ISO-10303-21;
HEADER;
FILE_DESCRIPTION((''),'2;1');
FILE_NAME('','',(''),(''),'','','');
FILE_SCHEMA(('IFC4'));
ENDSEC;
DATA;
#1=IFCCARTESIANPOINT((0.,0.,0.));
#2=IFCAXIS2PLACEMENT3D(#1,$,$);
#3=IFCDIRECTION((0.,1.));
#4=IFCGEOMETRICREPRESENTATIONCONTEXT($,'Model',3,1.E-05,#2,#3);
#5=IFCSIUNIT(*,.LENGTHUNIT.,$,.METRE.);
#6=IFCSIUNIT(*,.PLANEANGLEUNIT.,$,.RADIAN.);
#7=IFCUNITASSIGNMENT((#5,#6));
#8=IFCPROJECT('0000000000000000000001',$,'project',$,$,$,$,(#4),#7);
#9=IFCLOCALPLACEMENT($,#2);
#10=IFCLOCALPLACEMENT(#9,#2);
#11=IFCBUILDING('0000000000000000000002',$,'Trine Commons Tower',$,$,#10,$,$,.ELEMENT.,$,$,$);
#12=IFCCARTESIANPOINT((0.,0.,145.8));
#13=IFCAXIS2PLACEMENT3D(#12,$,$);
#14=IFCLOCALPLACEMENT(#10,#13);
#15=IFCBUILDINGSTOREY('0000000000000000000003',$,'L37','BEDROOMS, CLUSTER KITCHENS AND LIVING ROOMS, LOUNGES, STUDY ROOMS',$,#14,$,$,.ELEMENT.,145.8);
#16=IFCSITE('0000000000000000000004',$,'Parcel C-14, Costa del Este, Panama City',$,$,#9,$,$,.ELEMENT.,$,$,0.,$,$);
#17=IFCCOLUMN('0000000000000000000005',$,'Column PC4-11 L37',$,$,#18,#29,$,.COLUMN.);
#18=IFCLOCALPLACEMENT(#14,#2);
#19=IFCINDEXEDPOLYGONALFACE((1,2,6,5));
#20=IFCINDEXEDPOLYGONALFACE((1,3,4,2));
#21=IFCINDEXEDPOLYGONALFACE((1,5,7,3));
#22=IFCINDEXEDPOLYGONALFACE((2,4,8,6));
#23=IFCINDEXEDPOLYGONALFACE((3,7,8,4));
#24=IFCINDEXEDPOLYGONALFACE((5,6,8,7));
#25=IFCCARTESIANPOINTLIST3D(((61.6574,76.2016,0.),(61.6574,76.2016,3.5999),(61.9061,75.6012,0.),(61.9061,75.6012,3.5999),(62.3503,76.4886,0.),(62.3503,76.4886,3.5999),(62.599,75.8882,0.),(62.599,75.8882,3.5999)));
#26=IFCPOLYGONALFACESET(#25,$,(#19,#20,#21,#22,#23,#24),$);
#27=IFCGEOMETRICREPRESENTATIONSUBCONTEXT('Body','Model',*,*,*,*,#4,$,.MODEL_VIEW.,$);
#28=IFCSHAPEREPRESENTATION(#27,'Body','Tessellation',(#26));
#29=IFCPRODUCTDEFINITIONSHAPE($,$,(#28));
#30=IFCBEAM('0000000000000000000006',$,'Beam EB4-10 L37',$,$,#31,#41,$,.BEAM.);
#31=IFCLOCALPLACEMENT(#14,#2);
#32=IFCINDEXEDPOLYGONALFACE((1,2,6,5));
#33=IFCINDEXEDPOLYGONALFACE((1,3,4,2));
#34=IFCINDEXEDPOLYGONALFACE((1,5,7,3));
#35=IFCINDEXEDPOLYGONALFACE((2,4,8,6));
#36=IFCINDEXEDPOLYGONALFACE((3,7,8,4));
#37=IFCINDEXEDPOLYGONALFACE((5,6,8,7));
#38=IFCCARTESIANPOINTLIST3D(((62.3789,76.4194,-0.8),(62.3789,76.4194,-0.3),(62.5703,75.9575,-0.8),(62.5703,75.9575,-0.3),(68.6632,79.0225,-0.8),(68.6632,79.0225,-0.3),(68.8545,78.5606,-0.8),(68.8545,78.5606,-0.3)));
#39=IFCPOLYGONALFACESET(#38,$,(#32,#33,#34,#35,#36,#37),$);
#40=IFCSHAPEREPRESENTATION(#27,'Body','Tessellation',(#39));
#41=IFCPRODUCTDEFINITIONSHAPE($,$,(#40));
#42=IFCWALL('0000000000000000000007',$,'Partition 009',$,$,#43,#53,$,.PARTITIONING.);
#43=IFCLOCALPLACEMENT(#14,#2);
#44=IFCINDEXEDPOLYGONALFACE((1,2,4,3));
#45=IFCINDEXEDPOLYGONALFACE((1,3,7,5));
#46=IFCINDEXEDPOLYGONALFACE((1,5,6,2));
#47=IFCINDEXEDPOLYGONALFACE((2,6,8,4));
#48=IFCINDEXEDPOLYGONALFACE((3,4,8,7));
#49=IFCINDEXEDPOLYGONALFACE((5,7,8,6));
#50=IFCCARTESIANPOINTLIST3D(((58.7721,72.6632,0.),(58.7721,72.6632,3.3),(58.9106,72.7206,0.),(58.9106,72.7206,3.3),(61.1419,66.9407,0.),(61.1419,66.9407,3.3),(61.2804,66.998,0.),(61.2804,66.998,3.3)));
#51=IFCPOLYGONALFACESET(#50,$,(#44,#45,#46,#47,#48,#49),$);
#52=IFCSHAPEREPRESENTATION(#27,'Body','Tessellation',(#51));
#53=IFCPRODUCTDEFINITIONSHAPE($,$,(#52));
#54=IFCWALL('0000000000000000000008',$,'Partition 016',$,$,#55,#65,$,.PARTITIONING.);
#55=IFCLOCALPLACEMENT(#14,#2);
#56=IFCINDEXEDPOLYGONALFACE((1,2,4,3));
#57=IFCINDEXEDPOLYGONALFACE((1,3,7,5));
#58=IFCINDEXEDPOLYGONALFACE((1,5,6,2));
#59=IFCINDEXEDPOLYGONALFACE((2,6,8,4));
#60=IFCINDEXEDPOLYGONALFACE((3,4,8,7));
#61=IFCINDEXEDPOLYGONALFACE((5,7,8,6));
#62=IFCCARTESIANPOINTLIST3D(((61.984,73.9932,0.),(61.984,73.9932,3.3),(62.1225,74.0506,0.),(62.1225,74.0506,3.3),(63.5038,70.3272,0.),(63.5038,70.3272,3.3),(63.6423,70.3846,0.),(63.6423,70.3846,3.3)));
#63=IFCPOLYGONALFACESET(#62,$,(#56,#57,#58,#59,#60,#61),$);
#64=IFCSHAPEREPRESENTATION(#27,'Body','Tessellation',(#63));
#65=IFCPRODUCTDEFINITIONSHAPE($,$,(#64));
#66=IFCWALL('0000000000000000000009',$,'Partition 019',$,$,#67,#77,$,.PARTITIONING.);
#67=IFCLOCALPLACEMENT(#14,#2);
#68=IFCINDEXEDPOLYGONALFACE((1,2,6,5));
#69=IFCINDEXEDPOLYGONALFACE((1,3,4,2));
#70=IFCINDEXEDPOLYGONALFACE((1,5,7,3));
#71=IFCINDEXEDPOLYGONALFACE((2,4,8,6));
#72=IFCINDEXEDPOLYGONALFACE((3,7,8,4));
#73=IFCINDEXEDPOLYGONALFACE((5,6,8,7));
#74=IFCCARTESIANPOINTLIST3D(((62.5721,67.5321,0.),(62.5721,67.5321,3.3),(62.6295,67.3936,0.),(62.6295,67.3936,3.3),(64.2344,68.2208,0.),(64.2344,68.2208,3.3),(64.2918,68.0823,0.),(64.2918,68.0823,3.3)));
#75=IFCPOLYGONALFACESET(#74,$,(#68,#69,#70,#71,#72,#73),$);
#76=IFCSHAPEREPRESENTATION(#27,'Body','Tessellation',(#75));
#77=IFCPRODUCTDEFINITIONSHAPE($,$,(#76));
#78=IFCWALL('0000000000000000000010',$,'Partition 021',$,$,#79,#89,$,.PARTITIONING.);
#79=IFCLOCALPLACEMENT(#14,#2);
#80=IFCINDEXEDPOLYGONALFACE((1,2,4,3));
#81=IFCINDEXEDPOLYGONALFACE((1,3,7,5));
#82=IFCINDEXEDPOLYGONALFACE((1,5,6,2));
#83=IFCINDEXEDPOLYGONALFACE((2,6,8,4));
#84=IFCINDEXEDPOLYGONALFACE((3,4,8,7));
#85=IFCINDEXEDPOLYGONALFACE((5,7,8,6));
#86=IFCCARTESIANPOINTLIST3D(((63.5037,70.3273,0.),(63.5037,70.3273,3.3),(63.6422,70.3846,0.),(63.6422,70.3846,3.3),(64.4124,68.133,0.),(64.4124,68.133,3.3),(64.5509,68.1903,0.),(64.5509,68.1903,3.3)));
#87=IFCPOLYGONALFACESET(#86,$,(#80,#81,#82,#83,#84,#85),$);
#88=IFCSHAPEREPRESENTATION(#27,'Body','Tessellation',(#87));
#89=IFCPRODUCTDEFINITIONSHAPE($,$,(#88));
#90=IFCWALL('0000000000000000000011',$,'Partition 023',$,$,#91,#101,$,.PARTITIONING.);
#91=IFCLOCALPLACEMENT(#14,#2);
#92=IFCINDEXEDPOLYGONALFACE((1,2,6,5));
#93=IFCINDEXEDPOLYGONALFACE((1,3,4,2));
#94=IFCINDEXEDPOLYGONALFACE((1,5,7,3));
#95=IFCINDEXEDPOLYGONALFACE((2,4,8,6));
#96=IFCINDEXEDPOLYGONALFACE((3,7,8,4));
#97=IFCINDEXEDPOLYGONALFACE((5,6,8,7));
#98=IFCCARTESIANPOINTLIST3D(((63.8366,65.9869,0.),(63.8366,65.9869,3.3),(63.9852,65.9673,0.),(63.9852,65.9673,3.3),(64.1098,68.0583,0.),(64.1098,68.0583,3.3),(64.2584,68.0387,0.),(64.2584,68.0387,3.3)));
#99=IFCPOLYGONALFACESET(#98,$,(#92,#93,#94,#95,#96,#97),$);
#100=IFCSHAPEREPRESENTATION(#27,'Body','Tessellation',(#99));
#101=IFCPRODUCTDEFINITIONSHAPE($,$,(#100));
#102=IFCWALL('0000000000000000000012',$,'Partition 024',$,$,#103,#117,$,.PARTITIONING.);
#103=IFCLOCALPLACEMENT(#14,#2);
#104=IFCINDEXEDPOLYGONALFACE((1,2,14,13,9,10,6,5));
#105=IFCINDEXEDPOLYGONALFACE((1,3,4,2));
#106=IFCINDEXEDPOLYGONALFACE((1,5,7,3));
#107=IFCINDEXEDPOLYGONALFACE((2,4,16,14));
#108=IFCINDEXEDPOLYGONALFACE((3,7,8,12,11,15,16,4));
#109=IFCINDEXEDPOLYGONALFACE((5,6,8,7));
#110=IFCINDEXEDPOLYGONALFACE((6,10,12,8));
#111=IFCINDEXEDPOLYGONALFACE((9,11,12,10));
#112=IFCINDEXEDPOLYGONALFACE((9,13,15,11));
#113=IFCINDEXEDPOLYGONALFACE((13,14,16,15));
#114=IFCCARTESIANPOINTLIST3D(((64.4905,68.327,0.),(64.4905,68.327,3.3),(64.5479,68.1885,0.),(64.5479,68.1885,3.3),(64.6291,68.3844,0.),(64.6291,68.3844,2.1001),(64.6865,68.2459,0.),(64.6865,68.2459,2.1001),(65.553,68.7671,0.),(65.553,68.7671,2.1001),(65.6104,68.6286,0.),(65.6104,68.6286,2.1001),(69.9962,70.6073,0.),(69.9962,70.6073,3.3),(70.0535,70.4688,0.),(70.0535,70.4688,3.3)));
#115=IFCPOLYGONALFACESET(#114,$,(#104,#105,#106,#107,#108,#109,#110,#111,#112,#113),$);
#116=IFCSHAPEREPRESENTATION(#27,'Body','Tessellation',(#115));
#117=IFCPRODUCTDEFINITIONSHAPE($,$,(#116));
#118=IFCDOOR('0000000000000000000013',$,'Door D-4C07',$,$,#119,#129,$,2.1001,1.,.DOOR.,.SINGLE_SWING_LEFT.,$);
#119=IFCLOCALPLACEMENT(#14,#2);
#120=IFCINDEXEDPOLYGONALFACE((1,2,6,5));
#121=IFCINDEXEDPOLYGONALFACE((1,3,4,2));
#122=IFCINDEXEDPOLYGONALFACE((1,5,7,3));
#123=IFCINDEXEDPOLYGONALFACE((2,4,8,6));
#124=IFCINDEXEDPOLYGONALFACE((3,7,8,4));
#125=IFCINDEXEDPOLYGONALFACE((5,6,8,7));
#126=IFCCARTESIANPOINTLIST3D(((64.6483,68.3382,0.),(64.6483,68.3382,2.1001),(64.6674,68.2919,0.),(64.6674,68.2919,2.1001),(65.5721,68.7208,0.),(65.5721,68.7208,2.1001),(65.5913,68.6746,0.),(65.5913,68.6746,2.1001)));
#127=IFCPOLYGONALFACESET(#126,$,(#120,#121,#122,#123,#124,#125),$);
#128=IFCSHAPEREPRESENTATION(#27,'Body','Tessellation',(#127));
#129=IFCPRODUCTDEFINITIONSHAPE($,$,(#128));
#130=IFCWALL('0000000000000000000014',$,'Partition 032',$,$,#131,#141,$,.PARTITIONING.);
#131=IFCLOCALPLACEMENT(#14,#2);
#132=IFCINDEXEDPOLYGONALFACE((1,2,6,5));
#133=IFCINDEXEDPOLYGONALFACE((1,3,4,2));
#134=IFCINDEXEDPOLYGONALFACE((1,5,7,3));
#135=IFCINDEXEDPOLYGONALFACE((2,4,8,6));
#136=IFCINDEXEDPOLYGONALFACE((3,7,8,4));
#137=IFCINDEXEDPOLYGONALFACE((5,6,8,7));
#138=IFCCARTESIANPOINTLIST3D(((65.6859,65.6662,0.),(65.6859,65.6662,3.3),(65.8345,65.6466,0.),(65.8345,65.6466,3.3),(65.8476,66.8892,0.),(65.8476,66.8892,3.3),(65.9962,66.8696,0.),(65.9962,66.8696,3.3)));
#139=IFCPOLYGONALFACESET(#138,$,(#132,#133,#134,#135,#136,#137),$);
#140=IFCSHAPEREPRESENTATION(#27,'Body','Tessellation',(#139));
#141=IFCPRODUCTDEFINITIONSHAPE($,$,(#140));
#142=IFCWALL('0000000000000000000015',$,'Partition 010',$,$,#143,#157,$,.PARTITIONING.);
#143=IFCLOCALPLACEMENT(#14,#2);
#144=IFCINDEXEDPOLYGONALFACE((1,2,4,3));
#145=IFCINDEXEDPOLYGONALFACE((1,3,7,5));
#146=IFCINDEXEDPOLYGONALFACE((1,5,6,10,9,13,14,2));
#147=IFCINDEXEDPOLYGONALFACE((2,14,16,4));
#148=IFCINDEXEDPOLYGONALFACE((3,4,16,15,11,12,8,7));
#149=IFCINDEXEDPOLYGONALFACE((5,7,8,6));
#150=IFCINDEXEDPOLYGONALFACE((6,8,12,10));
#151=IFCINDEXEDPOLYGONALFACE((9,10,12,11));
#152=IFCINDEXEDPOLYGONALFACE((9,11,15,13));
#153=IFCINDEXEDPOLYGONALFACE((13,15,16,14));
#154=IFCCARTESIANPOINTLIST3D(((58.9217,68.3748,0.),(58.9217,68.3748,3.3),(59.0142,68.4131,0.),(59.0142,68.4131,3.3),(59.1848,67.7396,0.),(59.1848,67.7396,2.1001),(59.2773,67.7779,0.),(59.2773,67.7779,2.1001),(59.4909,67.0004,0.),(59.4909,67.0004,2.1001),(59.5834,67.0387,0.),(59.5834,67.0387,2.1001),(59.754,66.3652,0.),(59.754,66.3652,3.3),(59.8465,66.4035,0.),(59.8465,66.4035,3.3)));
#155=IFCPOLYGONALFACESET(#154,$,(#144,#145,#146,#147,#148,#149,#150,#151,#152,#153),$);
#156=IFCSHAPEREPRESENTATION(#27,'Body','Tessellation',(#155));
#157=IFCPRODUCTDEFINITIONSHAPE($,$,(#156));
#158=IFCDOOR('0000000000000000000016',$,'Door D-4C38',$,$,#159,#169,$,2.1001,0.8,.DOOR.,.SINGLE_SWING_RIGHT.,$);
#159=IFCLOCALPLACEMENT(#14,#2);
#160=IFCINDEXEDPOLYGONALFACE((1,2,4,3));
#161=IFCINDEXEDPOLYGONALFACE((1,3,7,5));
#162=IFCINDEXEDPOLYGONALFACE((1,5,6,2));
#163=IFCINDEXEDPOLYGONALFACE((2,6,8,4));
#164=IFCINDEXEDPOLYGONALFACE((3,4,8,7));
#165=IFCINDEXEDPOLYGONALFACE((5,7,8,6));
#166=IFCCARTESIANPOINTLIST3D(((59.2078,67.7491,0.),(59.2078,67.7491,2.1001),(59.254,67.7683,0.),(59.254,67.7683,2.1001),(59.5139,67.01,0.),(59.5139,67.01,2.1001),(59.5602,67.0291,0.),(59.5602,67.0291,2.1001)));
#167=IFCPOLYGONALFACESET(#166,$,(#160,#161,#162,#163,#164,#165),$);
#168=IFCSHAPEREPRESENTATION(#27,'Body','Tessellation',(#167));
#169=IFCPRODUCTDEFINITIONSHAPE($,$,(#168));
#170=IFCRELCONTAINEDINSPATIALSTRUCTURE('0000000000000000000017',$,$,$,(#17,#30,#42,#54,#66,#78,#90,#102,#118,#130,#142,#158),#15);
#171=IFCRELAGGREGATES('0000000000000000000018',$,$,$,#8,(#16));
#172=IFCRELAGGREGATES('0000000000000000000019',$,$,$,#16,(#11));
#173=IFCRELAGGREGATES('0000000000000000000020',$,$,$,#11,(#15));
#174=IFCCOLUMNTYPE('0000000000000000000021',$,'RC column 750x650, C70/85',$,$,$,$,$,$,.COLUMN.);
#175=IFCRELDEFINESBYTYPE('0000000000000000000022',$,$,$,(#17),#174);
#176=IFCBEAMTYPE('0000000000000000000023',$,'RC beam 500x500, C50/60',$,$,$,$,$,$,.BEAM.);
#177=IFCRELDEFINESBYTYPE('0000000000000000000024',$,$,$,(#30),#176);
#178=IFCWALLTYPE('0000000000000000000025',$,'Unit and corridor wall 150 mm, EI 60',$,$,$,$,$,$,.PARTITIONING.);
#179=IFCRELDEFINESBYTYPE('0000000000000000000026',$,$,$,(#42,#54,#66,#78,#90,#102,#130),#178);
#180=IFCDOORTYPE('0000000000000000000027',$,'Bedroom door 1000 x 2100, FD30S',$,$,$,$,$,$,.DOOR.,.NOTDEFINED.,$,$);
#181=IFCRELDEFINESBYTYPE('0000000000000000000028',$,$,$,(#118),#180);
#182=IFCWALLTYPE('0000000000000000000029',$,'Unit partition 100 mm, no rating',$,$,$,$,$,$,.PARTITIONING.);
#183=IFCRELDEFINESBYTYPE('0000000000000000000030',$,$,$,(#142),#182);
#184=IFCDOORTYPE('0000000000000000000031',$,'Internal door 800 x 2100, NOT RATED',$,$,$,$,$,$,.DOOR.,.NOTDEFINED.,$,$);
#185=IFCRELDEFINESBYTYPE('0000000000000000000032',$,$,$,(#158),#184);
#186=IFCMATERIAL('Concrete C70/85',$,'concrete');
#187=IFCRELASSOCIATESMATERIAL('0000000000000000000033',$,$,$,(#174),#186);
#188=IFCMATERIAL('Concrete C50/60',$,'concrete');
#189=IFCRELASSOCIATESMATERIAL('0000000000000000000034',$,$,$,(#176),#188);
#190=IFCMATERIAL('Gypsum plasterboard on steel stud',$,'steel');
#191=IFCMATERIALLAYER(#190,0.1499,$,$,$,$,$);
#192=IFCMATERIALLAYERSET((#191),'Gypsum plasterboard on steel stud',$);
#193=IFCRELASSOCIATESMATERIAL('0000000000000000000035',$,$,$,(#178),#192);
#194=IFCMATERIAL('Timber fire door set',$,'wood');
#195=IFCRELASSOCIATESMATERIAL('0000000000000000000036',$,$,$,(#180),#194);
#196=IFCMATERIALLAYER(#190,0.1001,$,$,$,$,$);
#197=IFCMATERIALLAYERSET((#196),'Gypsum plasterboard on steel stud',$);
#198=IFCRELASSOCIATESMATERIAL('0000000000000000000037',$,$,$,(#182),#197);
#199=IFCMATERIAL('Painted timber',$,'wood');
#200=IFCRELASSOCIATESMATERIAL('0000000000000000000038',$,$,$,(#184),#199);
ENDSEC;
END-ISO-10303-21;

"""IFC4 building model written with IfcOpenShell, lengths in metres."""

from ifc_helpers import new_model, si_unit, direction, frame, frame_2d, origin, origin_2d, place, context, subcontext, project, spatial, rectangle, extrude, material, layer, layer_set, material_profile, profile_set, type_object, element, fill, save


model = new_model("IFC4")

# Units and contexts
model_context = context("Model", 3, precision=1e-05, world=origin(), true_north=direction((0.0, 1.0)))
body_context = subcontext(model_context, "Body", "Model", "MODEL_VIEW")
ifc_project = project(units=[si_unit("LENGTHUNIT", "METRE"), si_unit("PLANEANGLEUNIT", "RADIAN")], contexts=[model_context])

# Site, building, storey
site_placement = place(None, origin())
site = spatial("IfcSite", under=ifc_project, at=site_placement, Name="Parcel C-14, Costa del Este, Panama City", CompositionType="ELEMENT", RefElevation=0.0)
building_placement = place(site_placement, origin())
building = spatial("IfcBuilding", under=site, at=building_placement, Name="Trine Commons Tower", CompositionType="ELEMENT")
storey_placement = place(building_placement, frame((0.0, 0.0, 145.8)))
storey = spatial("IfcBuildingStorey", under=building, at=storey_placement, Name="L37", Description="BEDROOMS, CLUSTER KITCHENS AND LIVING ROOMS, LOUNGES, STUDY ROOMS", CompositionType="ELEMENT", Elevation=145.8)

# Column
ifc_material_1 = material(Name="Concrete C70/85", Category="concrete")
ifc_material_profile_1 = material_profile(ifc_material_1, rectangle(XDim=0.75, YDim=0.6499, at=origin_2d()), Name="RC 750x650")
ifc_profile_set_1 = profile_set([ifc_material_profile_1], Name="Concrete C70/85")
column_type = type_object("IfcColumnType", Name="RC column 750x650, C70/85", PredefinedType="COLUMN", material=ifc_profile_set_1)
column_placement = place(storey_placement, frame((62.1282, 76.0449, 0.0), z_axis=(0.0, 0.0, 1.0), x_axis=(0.92388, 0.382683, 0.0)))
element("IfcColumn", 1, at=column_placement, inside=storey, type_object=column_type, Name="Column PC4-11 L37", PredefinedType="COLUMN", context=body_context, shape_type="SweptSolid", body=[
    extrude(rectangle(XDim=0.75, YDim=0.6499, at=origin_2d()), origin(), (0.0, 0.0, 1.0), 3.5999),
])

# Beam
ifc_material_2 = material(Name="Concrete C50/60", Category="concrete")
ifc_material_profile_2 = material_profile(ifc_material_2, rectangle(XDim=0.5, YDim=0.5, at=origin_2d()), Name="RC 500x500")
ifc_profile_set_2 = profile_set([ifc_material_profile_2], Name="Concrete C50/60")
beam_type = type_object("IfcBeamType", Name="RC beam 500x500, C50/60", PredefinedType="BEAM", material=ifc_profile_set_2)
beam_placement = place(storey_placement, frame((62.4746, 76.1885, -0.55), z_axis=(0.923878, 0.382688, 0.0), x_axis=(-0.382688, 0.923878, 0.0)))
element("IfcBeam", 2, at=beam_placement, inside=storey, type_object=beam_type, Name="Beam EB4-10 L37", PredefinedType="BEAM", context=body_context, shape_type="SweptSolid", body=[
    extrude(rectangle(XDim=0.5, YDim=0.5, at=origin_2d()), origin(), (0.0, 0.0, 1.0), 6.802),
])

# Walls
ifc_material_3 = material(Name="Gypsum plasterboard on steel stud", Category="steel")
ifc_layer_1 = layer(ifc_material_3, 0.1499)
ifc_layer_set_1 = layer_set([ifc_layer_1], Name="Gypsum plasterboard on steel stud")
wall_type_1 = type_object("IfcWallType", Name="Unit and corridor wall 150 mm, EI 60", PredefinedType="PARTITIONING", material=ifc_layer_set_1)
wall_1_placement = place(storey_placement, frame((58.8413, 72.6919, 0.0), z_axis=(0.0, 0.0, 1.0), x_axis=(0.382611, -0.92391, 0.0)))
element("IfcWall", 3, at=wall_1_placement, inside=storey, type_object=wall_type_1, Name="Partition 009", PredefinedType="PARTITIONING", context=body_context, shape_type="SweptSolid", body=[
    extrude(rectangle(XDim=6.1938, YDim=0.1499, at=frame_2d((3.0969, 0.0))), origin(), (0.0, 0.0, 1.0), 3.3),
])
wall_2_placement = place(storey_placement, frame((62.0532, 74.022, 0.0), z_axis=(0.0, 0.0, 1.0), x_axis=(0.382955, -0.923767, 0.0)))
element("IfcWall", 4, at=wall_2_placement, inside=storey, type_object=wall_type_1, Name="Partition 016", PredefinedType="PARTITIONING", context=body_context, shape_type="SweptSolid", body=[
    extrude(rectangle(XDim=3.9685, YDim=0.1499, at=frame_2d((1.9844, 0.0))), origin(), (0.0, 0.0, 1.0), 3.3),
])
wall_3_placement = place(storey_placement, frame((62.6008, 67.4629, 0.0), z_axis=(0.0, 0.0, 1.0), x_axis=(0.92385, 0.382755, 0.0)))
element("IfcWall", 5, at=wall_3_placement, inside=storey, type_object=wall_type_1, Name="Partition 019", PredefinedType="PARTITIONING", context=body_context, shape_type="SweptSolid", body=[
    extrude(rectangle(XDim=1.7993, YDim=0.1499, at=frame_2d((0.8997, 0.0))), origin(), (0.0, 0.0, 1.0), 3.3),
])
wall_4_placement = place(storey_placement, frame((63.573, 70.356, 0.0), z_axis=(0.0, 0.0, 1.0), x_axis=(0.3826, -0.923914, 0.0)))
element("IfcWall", 6, at=wall_4_placement, inside=storey, type_object=wall_type_1, Name="Partition 021", PredefinedType="PARTITIONING", context=body_context, shape_type="SweptSolid", body=[
    extrude(rectangle(XDim=2.375, YDim=0.1499, at=frame_2d((1.1875, 0.0))), origin(), (0.0, 0.0, 1.0), 3.3),
])
wall_5_placement = place(storey_placement, frame((63.9109, 65.9771, 0.0), z_axis=(0.0, 0.0, 1.0), x_axis=(0.130748, 0.991416, 0.0)))
element("IfcWall", 7, at=wall_5_placement, inside=storey, type_object=wall_type_1, Name="Partition 023", PredefinedType="PARTITIONING", context=body_context, shape_type="SweptSolid", body=[
    extrude(rectangle(XDim=2.0894, YDim=0.1499, at=frame_2d((1.0447, 0.0))), origin(), (0.0, 0.0, 1.0), 3.3),
])

# Wall, opening, door
wall_6_placement = place(storey_placement, frame((64.5193, 68.2578, 0.0), z_axis=(0.0, 0.0, 1.0), x_axis=(0.923893, 0.382651, 0.0)))
wall_6 = element("IfcWall", 8, at=wall_6_placement, inside=storey, type_object=wall_type_1, Name="Partition 024", PredefinedType="PARTITIONING", context=body_context, shape_type="SweptSolid", body=[
    extrude(rectangle(XDim=5.9592, YDim=0.1499, at=frame_2d((2.9795, 0.0))), origin(), (0.0, 0.0, 1.0), 3.3),
])
opening_1_placement = place(wall_6_placement, frame((0.1499, 0.0, 0.0)))
opening_1 = element("IfcOpeningElement", 9, at=opening_1_placement, cuts=wall_6, PredefinedType="OPENING", context=body_context, shape_type="SweptSolid", body=[
    extrude(rectangle(XDim=1.0, YDim=2.1001, at=frame_2d((0.5, 1.05))), frame((0.0, 0.085, 0.0), z_axis=(0.0, -1.0, 0.0), x_axis=(1.0, 0.0, 0.0)), (0.0, 0.0, 1.0), 0.1699),
])
ifc_material_4 = material(Name="Timber fire door set", Category="wood")
door_type_1 = type_object("IfcDoorType", Name="Bedroom door 1000 x 2100, FD30S", OperationType="NOTDEFINED", PredefinedType="DOOR", material=ifc_material_4)
door_1_placement = place(opening_1_placement, origin())
door_1 = element("IfcDoor", 10, at=door_1_placement, inside=storey, type_object=door_type_1, Name="Door D-4C07", OperationType="SINGLE_SWING_LEFT", OverallHeight=2.1001, OverallWidth=1.0, PredefinedType="DOOR", context=body_context, shape_type="SweptSolid", body=[
    extrude(rectangle(XDim=1.0, YDim=2.1001, at=frame_2d((0.5, 1.05))), frame((0.0, 0.0249, 0.0), z_axis=(0.0, -1.0, 0.0), x_axis=(1.0, 0.0, 0.0)), (0.0, 0.0, 1.0), 0.05),
])
fill(opening_1, door_1)

# Wall
wall_7_placement = place(storey_placement, frame((65.7603, 65.6565, 0.0), z_axis=(0.0, 0.0, 1.0), x_axis=(0.131023, 0.991379, 0.0)))
element("IfcWall", 11, at=wall_7_placement, inside=storey, type_object=wall_type_1, Name="Partition 032", PredefinedType="PARTITIONING", context=body_context, shape_type="SweptSolid", body=[
    extrude(rectangle(XDim=1.2336, YDim=0.1499, at=frame_2d((0.6167, 0.0))), origin(), (0.0, 0.0, 1.0), 3.3),
])

# Wall, opening, door
ifc_layer_2 = layer(ifc_material_3, 0.1001)
ifc_layer_set_2 = layer_set([ifc_layer_2], Name="Gypsum plasterboard on steel stud")
wall_type_2 = type_object("IfcWallType", Name="Unit partition 100 mm, no rating", PredefinedType="PARTITIONING", material=ifc_layer_set_2)
wall_8_placement = place(storey_placement, frame((58.968, 68.3938, 0.0), z_axis=(0.0, 0.0, 1.0), x_axis=(0.382646, -0.923895, 0.0)))
wall_8 = element("IfcWall", 12, at=wall_8_placement, inside=storey, type_object=wall_type_2, Name="Partition 010", PredefinedType="PARTITIONING", context=body_context, shape_type="SweptSolid", body=[
    extrude(rectangle(XDim=2.175, YDim=0.1001, at=frame_2d((1.0874, 0.0))), origin(), (0.0, 0.0, 1.0), 3.3),
])
opening_2_placement = place(wall_8_placement, frame((0.6875, 0.0, 0.0)))
opening_2 = element("IfcOpeningElement", 13, at=opening_2_placement, cuts=wall_8, PredefinedType="OPENING", context=body_context, shape_type="SweptSolid", body=[
    extrude(rectangle(XDim=0.8, YDim=2.1001, at=frame_2d((0.3999, 1.05))), frame((0.0, 0.0601, 0.0), z_axis=(0.0, -1.0, 0.0), x_axis=(1.0, 0.0, 0.0)), (0.0, 0.0, 1.0), 0.1201),
])
ifc_material_5 = material(Name="Painted timber", Category="wood")
door_type_2 = type_object("IfcDoorType", Name="Internal door 800 x 2100, NOT RATED", OperationType="NOTDEFINED", PredefinedType="DOOR", material=ifc_material_5)
door_2_placement = place(opening_2_placement, origin())
door_2 = element("IfcDoor", 14, at=door_2_placement, inside=storey, type_object=door_type_2, Name="Door D-4C38", OperationType="SINGLE_SWING_RIGHT", OverallHeight=2.1001, OverallWidth=0.8, PredefinedType="DOOR", context=body_context, shape_type="SweptSolid", body=[
    extrude(rectangle(XDim=0.8, YDim=2.1001, at=frame_2d((0.3999, 1.05))), frame((0.0, 0.0249, 0.0), z_axis=(0.0, -1.0, 0.0), x_axis=(1.0, 0.0, 0.0)), (0.0, 0.0, 1.0), 0.05),
])
fill(opening_2, door_2)

save(model, "model.ifc")
